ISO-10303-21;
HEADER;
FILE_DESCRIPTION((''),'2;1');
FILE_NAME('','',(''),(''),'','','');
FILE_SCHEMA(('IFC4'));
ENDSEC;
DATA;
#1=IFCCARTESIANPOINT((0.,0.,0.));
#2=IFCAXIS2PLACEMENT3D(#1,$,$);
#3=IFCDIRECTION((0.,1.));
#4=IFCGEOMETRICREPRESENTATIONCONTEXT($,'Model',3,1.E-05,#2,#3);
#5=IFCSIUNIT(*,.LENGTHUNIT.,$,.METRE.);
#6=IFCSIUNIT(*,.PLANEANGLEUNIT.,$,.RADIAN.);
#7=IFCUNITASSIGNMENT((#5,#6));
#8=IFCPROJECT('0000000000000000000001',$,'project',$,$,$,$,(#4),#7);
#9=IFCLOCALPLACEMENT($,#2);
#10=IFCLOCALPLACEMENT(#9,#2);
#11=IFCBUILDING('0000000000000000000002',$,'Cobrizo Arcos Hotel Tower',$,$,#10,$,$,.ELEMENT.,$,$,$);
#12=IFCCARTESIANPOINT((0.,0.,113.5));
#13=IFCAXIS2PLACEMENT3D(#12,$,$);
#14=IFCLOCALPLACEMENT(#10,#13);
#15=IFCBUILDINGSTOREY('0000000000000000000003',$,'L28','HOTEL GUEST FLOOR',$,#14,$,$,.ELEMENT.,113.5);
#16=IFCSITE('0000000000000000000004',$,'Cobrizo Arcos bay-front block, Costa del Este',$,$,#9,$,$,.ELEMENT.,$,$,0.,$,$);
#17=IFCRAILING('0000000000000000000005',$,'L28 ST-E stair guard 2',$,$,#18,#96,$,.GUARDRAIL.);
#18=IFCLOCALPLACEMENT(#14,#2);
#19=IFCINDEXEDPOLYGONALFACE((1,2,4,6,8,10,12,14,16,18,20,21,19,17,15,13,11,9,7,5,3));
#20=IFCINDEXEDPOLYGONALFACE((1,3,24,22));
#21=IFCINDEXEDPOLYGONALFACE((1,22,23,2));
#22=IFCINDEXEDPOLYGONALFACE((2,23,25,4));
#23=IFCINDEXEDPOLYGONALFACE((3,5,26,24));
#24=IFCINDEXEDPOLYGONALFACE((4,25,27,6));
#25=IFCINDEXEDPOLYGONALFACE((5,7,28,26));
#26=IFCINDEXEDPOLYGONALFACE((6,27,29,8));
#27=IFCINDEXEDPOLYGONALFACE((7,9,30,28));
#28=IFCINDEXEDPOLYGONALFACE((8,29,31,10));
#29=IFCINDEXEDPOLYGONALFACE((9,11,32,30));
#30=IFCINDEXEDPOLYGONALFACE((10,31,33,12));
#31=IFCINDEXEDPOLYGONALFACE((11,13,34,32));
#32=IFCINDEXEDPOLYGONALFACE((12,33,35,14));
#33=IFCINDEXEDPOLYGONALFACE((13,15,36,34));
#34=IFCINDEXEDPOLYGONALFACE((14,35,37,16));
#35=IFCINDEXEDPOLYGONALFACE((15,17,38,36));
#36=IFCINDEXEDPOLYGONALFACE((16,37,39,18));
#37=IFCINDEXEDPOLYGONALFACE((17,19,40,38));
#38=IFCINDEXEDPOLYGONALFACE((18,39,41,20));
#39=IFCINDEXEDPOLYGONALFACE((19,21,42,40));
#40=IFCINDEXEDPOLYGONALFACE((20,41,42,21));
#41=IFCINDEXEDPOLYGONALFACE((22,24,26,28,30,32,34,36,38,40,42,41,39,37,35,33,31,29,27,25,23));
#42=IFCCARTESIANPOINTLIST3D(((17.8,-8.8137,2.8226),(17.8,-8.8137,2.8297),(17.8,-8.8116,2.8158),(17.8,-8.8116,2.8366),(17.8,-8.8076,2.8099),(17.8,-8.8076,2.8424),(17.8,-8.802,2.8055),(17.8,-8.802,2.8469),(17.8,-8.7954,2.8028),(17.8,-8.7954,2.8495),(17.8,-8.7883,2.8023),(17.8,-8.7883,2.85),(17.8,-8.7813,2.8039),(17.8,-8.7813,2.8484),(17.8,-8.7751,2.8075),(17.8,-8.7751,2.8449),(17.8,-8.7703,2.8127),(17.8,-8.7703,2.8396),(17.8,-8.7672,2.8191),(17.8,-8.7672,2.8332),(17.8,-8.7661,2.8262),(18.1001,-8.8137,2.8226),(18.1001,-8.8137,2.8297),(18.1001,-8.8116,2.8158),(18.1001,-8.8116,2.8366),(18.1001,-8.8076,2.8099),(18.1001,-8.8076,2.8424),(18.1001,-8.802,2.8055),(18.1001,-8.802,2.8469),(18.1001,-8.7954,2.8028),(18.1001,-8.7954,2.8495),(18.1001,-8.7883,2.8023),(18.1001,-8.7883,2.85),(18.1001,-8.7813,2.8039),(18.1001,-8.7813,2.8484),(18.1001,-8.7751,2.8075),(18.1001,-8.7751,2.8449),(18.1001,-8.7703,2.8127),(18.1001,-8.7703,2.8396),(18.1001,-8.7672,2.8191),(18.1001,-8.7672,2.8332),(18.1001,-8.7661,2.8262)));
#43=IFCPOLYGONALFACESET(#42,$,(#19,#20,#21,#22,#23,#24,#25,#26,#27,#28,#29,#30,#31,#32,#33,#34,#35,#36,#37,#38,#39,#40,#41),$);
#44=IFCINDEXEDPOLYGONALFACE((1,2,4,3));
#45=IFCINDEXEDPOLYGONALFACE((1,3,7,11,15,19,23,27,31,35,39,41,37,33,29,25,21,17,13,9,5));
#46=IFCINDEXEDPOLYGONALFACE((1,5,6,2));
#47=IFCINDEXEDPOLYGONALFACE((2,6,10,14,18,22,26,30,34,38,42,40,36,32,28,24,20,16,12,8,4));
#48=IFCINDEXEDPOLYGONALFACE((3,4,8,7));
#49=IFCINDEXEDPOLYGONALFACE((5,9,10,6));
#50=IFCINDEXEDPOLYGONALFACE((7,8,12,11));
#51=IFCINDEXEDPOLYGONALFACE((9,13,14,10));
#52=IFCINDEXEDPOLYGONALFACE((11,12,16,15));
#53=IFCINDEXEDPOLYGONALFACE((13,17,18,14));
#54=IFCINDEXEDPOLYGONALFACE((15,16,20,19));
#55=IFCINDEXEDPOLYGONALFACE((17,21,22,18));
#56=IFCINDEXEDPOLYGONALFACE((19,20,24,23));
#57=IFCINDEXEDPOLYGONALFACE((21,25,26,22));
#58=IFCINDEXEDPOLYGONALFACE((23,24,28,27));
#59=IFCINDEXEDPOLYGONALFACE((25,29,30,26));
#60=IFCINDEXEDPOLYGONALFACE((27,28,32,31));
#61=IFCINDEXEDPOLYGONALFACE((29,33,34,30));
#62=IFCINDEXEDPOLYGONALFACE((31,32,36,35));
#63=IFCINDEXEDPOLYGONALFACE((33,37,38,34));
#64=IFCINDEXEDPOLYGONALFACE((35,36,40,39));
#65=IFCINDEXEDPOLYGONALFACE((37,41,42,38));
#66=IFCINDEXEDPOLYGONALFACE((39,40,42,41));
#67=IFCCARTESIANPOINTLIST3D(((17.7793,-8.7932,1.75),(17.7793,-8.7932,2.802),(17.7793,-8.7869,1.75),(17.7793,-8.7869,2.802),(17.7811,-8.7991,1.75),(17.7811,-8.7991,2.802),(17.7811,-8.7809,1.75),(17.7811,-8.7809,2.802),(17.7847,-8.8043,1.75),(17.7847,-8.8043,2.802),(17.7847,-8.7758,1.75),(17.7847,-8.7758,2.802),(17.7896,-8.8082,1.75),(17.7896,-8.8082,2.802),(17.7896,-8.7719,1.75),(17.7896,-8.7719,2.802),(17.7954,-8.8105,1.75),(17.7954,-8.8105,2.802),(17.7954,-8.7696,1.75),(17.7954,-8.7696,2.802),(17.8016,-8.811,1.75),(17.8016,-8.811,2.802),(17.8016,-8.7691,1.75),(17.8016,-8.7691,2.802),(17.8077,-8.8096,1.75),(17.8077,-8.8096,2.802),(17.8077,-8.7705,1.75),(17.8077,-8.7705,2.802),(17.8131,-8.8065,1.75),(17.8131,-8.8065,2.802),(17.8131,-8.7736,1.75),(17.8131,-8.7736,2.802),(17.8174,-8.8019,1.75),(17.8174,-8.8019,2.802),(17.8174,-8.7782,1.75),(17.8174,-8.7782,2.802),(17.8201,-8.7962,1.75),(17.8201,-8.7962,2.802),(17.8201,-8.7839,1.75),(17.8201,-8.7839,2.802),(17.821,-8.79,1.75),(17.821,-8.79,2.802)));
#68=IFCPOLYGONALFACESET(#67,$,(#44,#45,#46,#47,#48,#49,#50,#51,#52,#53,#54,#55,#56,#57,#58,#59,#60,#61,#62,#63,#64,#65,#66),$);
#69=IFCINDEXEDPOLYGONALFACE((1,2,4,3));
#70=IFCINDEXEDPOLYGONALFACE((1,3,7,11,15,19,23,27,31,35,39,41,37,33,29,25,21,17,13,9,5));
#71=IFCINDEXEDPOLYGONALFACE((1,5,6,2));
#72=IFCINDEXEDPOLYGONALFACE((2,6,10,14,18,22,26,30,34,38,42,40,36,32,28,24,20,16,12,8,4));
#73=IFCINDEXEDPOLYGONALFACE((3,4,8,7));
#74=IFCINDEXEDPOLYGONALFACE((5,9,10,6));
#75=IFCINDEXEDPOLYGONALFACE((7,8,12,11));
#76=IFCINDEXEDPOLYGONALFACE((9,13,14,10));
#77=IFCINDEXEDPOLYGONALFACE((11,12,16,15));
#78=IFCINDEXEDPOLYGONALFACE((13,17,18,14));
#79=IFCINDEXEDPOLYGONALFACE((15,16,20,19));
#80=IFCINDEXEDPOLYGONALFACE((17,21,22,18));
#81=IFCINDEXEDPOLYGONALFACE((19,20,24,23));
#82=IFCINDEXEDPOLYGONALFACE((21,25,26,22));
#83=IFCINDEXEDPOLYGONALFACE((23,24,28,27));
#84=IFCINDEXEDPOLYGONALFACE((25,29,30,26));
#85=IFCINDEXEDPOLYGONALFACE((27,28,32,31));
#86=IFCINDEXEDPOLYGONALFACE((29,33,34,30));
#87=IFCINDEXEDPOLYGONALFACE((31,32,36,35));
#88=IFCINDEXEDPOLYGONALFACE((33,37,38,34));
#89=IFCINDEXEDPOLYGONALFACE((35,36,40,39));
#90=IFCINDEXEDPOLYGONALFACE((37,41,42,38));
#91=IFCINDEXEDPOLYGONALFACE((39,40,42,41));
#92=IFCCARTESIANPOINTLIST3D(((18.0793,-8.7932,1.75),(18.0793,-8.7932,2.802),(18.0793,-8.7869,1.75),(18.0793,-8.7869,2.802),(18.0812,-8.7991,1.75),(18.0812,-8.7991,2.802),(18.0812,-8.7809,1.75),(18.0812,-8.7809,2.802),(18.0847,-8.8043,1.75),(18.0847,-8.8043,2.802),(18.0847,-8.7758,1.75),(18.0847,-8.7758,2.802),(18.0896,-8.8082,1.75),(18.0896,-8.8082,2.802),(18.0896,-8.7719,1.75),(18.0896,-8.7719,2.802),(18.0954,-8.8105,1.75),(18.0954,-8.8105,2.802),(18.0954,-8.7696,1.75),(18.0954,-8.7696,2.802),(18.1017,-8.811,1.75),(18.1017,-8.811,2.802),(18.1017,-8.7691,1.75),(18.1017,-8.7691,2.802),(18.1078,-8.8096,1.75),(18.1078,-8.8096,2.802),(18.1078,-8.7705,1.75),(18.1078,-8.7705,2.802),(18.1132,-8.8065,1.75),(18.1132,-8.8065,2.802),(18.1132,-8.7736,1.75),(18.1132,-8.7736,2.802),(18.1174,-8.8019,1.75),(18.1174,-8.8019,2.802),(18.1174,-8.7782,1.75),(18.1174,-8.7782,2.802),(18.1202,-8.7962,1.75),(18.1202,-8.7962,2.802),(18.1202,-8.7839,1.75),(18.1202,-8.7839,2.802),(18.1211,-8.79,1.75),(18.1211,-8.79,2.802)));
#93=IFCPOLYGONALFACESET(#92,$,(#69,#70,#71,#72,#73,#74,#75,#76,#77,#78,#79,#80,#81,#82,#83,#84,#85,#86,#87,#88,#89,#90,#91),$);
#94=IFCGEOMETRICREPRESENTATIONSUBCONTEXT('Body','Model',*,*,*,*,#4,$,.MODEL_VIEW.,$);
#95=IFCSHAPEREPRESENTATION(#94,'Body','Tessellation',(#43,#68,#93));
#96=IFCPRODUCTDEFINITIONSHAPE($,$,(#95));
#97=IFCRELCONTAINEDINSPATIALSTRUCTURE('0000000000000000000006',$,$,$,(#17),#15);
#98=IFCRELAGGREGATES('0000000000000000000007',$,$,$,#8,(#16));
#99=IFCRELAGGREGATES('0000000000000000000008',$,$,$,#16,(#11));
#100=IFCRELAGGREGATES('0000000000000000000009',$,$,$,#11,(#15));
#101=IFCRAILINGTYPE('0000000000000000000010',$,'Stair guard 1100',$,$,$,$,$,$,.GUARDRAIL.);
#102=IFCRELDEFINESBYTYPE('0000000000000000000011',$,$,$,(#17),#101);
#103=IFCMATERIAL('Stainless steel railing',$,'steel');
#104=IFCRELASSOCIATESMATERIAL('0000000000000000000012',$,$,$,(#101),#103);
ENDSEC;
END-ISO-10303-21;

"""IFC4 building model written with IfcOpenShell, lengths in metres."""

from ifc_helpers import new_model, si_unit, direction, frame, origin, origin_2d, place, context, subcontext, project, spatial, circle, extrude, material, type_object, element, save


model = new_model("IFC4")

# Units and contexts
model_context = context("Model", 3, precision=1e-05, world=origin(), true_north=direction((0.0, 1.0)))
body_context = subcontext(model_context, "Body", "Model", "MODEL_VIEW")
ifc_project = project(units=[si_unit("LENGTHUNIT", "METRE"), si_unit("PLANEANGLEUNIT", "RADIAN")], contexts=[model_context])

# Site, building, storey
site_placement = place(None, origin())
site = spatial("IfcSite", under=ifc_project, at=site_placement, Name="Cobrizo Arcos bay-front block, Costa del Este", CompositionType="ELEMENT", RefElevation=0.0)
building_placement = place(site_placement, origin())
building = spatial("IfcBuilding", under=site, at=building_placement, Name="Cobrizo Arcos Hotel Tower", CompositionType="ELEMENT")
storey_placement = place(building_placement, frame((0.0, 0.0, 113.5)))
storey = spatial("IfcBuildingStorey", under=building, at=storey_placement, Name="L28", Description="HOTEL GUEST FLOOR", CompositionType="ELEMENT", Elevation=113.5)

# Railing
ifc_material_1 = material(Name="Stainless steel railing", Category="steel")
railing_type_1 = type_object("IfcRailingType", Name="Stair guard 1100", PredefinedType="GUARDRAIL", material=ifc_material_1)
railing_1_placement = place(storey_placement, frame((17.8, -8.79, 1.75)))
element("IfcRailing", 1, at=railing_1_placement, inside=storey, type_object=railing_type_1, Name="L28 ST-E stair guard 2", PredefinedType="GUARDRAIL", context=body_context, shape_type="SweptSolid", body=[
    extrude(circle(Radius=0.0239, at=origin_2d()), frame((0.0, 0.0, 1.0762), z_axis=(1.0, 0.0, 0.0), x_axis=(0.0, 1.0, 0.0)), (0.0, 0.0, 1.0), 0.3),
    extrude(circle(Radius=0.021, at=origin_2d()), origin(), (0.0, 0.0, 1.0), 1.052),
    extrude(circle(Radius=0.021, at=origin_2d()), frame((0.3, 0.0, 0.0)), (0.0, 0.0, 1.0), 1.052),
])

save(model, "model.ifc")
